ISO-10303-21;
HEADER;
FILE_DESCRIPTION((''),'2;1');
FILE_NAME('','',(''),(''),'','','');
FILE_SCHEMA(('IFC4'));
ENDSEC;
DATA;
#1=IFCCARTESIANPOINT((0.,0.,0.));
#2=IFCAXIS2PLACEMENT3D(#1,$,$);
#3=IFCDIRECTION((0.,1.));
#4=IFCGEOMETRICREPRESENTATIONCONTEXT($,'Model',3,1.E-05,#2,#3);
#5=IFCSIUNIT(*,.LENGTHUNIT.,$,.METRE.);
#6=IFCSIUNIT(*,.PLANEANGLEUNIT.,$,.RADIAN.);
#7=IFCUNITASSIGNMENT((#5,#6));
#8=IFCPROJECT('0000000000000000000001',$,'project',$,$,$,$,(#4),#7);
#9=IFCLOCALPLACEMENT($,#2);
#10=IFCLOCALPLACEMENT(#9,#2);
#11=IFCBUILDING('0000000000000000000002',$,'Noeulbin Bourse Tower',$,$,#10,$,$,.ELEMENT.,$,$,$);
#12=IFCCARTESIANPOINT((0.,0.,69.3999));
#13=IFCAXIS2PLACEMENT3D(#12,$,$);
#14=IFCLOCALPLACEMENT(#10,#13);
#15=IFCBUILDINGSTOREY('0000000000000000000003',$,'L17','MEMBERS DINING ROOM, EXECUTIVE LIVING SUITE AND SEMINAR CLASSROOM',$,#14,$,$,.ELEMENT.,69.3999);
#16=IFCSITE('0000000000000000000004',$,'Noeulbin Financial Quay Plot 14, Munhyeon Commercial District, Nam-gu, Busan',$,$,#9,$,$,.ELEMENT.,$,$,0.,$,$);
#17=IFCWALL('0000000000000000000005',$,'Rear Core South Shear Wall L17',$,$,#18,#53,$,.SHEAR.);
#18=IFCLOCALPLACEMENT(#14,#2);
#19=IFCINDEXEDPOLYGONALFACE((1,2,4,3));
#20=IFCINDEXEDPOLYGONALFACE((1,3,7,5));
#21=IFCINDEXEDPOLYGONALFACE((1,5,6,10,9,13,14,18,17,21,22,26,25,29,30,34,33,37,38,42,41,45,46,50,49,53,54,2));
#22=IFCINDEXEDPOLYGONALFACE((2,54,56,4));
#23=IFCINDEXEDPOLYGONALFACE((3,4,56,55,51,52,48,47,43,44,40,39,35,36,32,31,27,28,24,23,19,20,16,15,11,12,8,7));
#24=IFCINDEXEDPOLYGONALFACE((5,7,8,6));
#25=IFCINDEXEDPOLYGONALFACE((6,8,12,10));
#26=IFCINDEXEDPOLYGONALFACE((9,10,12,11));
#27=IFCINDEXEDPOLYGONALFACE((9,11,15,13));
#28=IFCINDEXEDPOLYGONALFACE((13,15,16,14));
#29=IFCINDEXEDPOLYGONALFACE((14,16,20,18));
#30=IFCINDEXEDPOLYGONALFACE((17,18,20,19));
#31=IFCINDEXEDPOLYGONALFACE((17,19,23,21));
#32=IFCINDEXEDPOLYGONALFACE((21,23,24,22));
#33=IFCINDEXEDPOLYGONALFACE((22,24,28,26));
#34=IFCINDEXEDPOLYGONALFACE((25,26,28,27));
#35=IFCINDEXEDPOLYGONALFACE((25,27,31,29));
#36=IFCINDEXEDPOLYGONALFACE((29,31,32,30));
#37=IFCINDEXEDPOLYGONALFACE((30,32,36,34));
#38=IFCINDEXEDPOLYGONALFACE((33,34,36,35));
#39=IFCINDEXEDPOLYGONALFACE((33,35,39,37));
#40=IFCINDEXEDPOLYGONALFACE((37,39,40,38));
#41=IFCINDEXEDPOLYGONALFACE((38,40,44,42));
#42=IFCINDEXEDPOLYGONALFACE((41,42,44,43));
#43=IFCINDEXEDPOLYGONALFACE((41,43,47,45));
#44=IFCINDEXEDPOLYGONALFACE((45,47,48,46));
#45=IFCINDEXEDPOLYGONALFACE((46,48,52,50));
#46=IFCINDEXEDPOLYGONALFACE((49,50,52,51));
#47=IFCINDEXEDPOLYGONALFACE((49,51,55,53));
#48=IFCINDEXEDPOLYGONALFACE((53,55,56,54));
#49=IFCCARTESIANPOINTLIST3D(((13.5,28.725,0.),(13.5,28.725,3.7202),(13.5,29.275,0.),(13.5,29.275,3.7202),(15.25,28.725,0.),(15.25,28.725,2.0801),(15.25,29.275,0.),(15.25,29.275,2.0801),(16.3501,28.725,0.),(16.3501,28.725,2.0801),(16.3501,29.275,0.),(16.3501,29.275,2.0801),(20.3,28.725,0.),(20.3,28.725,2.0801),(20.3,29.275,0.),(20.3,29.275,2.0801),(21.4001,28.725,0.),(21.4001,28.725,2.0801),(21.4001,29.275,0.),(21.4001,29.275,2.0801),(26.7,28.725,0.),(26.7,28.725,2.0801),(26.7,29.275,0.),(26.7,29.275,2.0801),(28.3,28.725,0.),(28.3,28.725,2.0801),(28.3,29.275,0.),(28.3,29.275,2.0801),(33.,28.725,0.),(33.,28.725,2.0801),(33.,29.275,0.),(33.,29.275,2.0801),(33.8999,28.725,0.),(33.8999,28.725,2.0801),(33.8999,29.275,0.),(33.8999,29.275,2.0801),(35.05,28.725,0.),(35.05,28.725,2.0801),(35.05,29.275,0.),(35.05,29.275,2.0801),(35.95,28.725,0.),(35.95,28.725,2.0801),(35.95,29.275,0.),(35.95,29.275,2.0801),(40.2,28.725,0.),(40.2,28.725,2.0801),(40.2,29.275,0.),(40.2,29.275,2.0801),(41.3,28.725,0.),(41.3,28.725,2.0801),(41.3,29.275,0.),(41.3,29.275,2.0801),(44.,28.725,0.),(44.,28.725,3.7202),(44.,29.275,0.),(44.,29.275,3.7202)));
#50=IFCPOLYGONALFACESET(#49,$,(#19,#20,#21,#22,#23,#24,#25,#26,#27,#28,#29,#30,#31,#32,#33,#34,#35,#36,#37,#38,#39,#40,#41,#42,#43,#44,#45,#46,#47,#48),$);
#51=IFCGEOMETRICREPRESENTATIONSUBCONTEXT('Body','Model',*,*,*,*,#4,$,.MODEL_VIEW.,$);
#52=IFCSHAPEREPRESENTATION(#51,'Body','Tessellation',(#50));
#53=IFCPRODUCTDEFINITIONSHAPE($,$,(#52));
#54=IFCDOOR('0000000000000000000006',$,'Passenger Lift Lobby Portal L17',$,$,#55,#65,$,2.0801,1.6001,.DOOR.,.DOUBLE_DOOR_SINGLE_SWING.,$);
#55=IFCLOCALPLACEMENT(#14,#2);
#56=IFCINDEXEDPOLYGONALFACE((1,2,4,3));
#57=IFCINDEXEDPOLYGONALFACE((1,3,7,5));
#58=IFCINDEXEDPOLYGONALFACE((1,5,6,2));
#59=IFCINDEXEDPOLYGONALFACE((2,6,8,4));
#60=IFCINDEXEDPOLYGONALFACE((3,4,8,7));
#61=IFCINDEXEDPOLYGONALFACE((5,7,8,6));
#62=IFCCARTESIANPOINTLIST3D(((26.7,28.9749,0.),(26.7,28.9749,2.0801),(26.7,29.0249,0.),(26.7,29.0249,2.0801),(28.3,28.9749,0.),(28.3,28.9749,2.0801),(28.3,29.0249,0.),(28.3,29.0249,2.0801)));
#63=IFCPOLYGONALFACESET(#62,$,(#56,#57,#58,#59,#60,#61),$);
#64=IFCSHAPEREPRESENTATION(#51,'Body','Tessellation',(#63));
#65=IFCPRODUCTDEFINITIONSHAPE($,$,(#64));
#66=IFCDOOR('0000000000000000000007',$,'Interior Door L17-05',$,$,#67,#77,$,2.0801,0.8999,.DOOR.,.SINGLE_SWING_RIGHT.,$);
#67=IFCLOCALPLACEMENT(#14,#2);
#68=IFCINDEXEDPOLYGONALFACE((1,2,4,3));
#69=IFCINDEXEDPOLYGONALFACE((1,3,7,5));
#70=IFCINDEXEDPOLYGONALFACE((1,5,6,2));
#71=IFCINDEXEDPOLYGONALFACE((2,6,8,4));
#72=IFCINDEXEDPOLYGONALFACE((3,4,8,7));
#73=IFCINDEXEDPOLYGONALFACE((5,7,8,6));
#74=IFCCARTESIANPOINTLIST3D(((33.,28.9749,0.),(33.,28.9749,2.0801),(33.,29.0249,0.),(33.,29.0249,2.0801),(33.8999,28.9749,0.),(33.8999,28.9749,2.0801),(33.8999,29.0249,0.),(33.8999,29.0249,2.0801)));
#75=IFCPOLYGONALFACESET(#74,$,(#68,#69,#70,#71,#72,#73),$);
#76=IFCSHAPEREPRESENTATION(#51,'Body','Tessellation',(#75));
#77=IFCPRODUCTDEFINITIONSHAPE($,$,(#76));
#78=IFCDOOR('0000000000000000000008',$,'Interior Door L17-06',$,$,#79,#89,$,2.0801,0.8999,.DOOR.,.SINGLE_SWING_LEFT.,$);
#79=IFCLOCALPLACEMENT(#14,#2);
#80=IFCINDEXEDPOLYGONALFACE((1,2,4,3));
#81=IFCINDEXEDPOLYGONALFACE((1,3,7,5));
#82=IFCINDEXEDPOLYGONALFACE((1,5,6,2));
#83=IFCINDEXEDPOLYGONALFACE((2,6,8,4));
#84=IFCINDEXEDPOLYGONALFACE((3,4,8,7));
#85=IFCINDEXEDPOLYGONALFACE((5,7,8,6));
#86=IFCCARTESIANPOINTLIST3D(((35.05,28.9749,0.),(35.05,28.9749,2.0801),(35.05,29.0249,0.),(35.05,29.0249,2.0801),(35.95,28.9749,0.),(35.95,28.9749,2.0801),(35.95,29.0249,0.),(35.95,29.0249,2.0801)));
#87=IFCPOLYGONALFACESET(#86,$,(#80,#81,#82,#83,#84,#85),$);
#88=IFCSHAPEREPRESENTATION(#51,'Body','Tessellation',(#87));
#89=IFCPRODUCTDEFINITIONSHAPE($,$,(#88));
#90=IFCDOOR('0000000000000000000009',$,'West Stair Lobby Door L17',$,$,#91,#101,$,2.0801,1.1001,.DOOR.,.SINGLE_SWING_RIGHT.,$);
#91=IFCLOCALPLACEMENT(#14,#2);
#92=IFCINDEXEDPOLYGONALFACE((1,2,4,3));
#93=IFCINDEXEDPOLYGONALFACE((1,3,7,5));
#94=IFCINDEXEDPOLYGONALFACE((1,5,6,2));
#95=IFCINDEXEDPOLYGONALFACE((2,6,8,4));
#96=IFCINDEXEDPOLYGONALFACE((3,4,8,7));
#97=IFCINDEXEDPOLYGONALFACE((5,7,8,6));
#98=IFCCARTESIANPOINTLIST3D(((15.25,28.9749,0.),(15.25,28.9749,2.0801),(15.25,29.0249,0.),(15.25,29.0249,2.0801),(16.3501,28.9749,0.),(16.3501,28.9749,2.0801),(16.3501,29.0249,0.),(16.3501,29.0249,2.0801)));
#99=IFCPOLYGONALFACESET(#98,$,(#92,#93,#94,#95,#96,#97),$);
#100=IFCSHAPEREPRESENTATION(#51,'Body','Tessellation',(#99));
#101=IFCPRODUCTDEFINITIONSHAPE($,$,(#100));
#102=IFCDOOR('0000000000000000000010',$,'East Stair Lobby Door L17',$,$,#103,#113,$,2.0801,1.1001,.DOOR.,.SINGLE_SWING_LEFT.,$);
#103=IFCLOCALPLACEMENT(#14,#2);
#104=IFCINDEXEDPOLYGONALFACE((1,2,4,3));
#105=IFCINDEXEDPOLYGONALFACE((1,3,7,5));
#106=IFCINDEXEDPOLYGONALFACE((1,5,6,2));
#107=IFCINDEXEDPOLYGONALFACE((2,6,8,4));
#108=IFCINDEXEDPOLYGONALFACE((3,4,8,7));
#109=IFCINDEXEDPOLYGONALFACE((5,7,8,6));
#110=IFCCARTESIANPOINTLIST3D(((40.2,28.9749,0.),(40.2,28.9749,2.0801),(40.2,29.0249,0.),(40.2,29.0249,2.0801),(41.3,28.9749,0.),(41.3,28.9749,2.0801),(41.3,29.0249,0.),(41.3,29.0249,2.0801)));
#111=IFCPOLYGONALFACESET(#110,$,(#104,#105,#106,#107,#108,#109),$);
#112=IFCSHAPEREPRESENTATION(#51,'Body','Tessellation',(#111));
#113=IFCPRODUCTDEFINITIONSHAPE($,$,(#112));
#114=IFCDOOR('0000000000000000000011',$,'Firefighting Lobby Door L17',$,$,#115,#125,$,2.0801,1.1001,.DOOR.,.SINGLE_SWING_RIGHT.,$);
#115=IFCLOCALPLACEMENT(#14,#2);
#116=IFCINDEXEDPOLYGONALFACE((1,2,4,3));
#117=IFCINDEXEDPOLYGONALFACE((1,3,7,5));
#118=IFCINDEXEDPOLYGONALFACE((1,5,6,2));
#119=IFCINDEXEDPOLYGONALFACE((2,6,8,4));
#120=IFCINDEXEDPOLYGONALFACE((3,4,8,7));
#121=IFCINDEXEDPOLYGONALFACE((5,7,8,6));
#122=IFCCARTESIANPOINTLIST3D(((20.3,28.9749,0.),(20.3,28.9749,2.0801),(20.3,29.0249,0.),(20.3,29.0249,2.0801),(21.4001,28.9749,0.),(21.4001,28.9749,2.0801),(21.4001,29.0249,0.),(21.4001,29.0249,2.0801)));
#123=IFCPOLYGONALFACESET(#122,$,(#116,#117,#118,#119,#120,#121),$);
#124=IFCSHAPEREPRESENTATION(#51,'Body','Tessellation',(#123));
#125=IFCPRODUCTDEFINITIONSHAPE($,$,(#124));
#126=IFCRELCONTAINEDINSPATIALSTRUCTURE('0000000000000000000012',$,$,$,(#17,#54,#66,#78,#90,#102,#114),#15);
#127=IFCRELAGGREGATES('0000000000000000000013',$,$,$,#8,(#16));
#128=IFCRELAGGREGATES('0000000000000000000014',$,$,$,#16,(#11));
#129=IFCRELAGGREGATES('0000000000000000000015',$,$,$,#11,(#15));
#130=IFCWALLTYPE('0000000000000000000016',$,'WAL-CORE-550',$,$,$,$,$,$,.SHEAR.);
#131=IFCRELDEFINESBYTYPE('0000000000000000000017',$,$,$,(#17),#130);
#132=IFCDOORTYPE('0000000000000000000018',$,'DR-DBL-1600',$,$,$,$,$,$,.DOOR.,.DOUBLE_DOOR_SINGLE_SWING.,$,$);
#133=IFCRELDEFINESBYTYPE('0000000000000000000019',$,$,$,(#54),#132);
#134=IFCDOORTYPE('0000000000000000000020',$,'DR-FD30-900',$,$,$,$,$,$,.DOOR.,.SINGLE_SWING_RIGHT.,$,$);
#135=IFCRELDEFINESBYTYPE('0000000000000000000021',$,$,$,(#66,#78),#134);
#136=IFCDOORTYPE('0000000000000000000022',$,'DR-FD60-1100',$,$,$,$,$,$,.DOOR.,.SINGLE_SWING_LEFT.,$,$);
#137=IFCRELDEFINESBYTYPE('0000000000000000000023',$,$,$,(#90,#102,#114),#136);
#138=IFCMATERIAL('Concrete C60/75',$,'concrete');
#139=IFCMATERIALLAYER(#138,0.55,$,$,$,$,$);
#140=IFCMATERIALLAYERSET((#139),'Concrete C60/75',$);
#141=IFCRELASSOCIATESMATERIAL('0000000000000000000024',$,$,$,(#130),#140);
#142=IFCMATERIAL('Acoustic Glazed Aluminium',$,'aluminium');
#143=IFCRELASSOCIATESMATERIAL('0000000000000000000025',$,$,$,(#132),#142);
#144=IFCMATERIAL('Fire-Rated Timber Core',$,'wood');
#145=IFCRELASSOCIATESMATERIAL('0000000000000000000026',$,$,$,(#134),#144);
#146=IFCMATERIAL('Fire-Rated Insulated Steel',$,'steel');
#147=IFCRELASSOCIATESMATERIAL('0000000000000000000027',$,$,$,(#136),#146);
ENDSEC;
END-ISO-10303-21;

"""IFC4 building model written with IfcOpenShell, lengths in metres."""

from ifc_helpers import new_model, si_unit, direction, frame, frame_2d, origin, place, context, subcontext, project, spatial, rectangle, extrude, material, layer, layer_set, type_object, element, fill, save


model = new_model("IFC4")

# Units and contexts
model_context = context("Model", 3, precision=1e-05, world=origin(), true_north=direction((0.0, 1.0)))
body_context = subcontext(model_context, "Body", "Model", "MODEL_VIEW")
ifc_project = project(units=[si_unit("LENGTHUNIT", "METRE"), si_unit("PLANEANGLEUNIT", "RADIAN")], contexts=[model_context])

# Site, building, storey
site_placement = place(None, origin())
site = spatial("IfcSite", under=ifc_project, at=site_placement, Name="Noeulbin Financial Quay Plot 14, Munhyeon Commercial District, Nam-gu, Busan", CompositionType="ELEMENT", RefElevation=0.0)
building_placement = place(site_placement, origin())
building = spatial("IfcBuilding", under=site, at=building_placement, Name="Noeulbin Bourse Tower", CompositionType="ELEMENT")
storey_placement = place(building_placement, frame((0.0, 0.0, 69.3999)))
storey = spatial("IfcBuildingStorey", under=building, at=storey_placement, Name="L17", Description="MEMBERS DINING ROOM, EXECUTIVE LIVING SUITE AND SEMINAR CLASSROOM", CompositionType="ELEMENT", Elevation=69.3999)

# Wall, openings, doors
ifc_material_1 = material(Name="Concrete C60/75", Category="concrete")
ifc_layer_1 = layer(ifc_material_1, 0.55)
ifc_layer_set_1 = layer_set([ifc_layer_1], Name="Concrete C60/75")
wall_type = type_object("IfcWallType", Name="WAL-CORE-550", PredefinedType="SHEAR", material=ifc_layer_set_1)
wall_placement = place(storey_placement, frame((13.5, 29.0, 0.0), z_axis=(0.0, 0.0, 1.0), x_axis=(1.0, 0.0, 0.0)))
wall = element("IfcWall", 1, at=wall_placement, inside=storey, type_object=wall_type, Name="Rear Core South Shear Wall L17", PredefinedType="SHEAR", context=body_context, shape_type="SweptSolid", body=[
    extrude(rectangle(XDim=30.5, YDim=0.55, at=frame_2d((15.25, 0.0))), origin(), (0.0, 0.0, 1.0), 3.7202),
])
opening_1_placement = place(wall_placement, frame((1.75, 0.0, 0.0)))
opening_1 = element("IfcOpeningElement", 2, at=opening_1_placement, cuts=wall, PredefinedType="OPENING", context=body_context, shape_type="SweptSolid", body=[
    extrude(rectangle(XDim=1.1001, YDim=2.0801, at=frame_2d((0.55, 1.04))), frame((0.0, 0.2849, 0.0), z_axis=(0.0, -1.0, 0.0), x_axis=(1.0, 0.0, 0.0)), (0.0, 0.0, 1.0), 0.5701),
])
opening_2_placement = place(wall_placement, frame((26.7, 0.0, 0.0)))
opening_2 = element("IfcOpeningElement", 3, at=opening_2_placement, cuts=wall, PredefinedType="OPENING", context=body_context, shape_type="SweptSolid", body=[
    extrude(rectangle(XDim=1.1001, YDim=2.0801, at=frame_2d((0.55, 1.04))), frame((0.0, 0.2849, 0.0), z_axis=(0.0, -1.0, 0.0), x_axis=(1.0, 0.0, 0.0)), (0.0, 0.0, 1.0), 0.5701),
])
opening_3_placement = place(wall_placement, frame((6.8, 0.0, 0.0)))
opening_3 = element("IfcOpeningElement", 4, at=opening_3_placement, cuts=wall, PredefinedType="OPENING", context=body_context, shape_type="SweptSolid", body=[
    extrude(rectangle(XDim=1.1001, YDim=2.0801, at=frame_2d((0.55, 1.04))), frame((0.0, 0.2849, 0.0), z_axis=(0.0, -1.0, 0.0), x_axis=(1.0, 0.0, 0.0)), (0.0, 0.0, 1.0), 0.5701),
])
opening_4_placement = place(wall_placement, frame((13.2, 0.0, 0.0)))
opening_4 = element("IfcOpeningElement", 5, at=opening_4_placement, cuts=wall, PredefinedType="OPENING", context=body_context, shape_type="SweptSolid", body=[
    extrude(rectangle(XDim=1.6001, YDim=2.0801, at=frame_2d((0.8, 1.04))), frame((0.0, 0.2849, 0.0), z_axis=(0.0, -1.0, 0.0), x_axis=(1.0, 0.0, 0.0)), (0.0, 0.0, 1.0), 0.5701),
])
opening_5_placement = place(wall_placement, frame((19.5, 0.0, 0.0)))
opening_5 = element("IfcOpeningElement", 6, at=opening_5_placement, cuts=wall, PredefinedType="OPENING", context=body_context, shape_type="SweptSolid", body=[
    extrude(rectangle(XDim=0.8999, YDim=2.0801, at=frame_2d((0.45, 1.04))), frame((0.0, 0.2849, 0.0), z_axis=(0.0, -1.0, 0.0), x_axis=(1.0, 0.0, 0.0)), (0.0, 0.0, 1.0), 0.5701),
])
opening_6_placement = place(wall_placement, frame((21.55, 0.0, 0.0)))
opening_6 = element("IfcOpeningElement", 7, at=opening_6_placement, cuts=wall, PredefinedType="OPENING", context=body_context, shape_type="SweptSolid", body=[
    extrude(rectangle(XDim=0.8999, YDim=2.0801, at=frame_2d((0.45, 1.04))), frame((0.0, 0.2849, 0.0), z_axis=(0.0, -1.0, 0.0), x_axis=(1.0, 0.0, 0.0)), (0.0, 0.0, 1.0), 0.5701),
])
ifc_material_2 = material(Name="Acoustic Glazed Aluminium", Category="aluminium")
door_type_1 = type_object("IfcDoorType", Name="DR-DBL-1600", OperationType="DOUBLE_DOOR_SINGLE_SWING", PredefinedType="DOOR", material=ifc_material_2)
door_1_placement = place(opening_4_placement, origin())
door_1 = element("IfcDoor", 8, at=door_1_placement, inside=storey, type_object=door_type_1, Name="Passenger Lift Lobby Portal L17", OperationType="DOUBLE_DOOR_SINGLE_SWING", OverallHeight=2.0801, OverallWidth=1.6001, PredefinedType="DOOR", context=body_context, shape_type="SweptSolid", body=[
    extrude(rectangle(XDim=1.6001, YDim=2.0801, at=frame_2d((0.8, 1.04))), frame((0.0, 0.0249, 0.0), z_axis=(0.0, -1.0, 0.0), x_axis=(1.0, 0.0, 0.0)), (0.0, 0.0, 1.0), 0.05),
])
fill(opening_4, door_1)
ifc_material_3 = material(Name="Fire-Rated Timber Core", Category="wood")
door_type_2 = type_object("IfcDoorType", Name="DR-FD30-900", OperationType="SINGLE_SWING_RIGHT", PredefinedType="DOOR", material=ifc_material_3)
door_2_placement = place(opening_5_placement, origin())
door_2 = element("IfcDoor", 9, at=door_2_placement, inside=storey, type_object=door_type_2, Name="Interior Door L17-05", OperationType="SINGLE_SWING_RIGHT", OverallHeight=2.0801, OverallWidth=0.8999, PredefinedType="DOOR", context=body_context, shape_type="SweptSolid", body=[
    extrude(rectangle(XDim=0.8999, YDim=2.0801, at=frame_2d((0.45, 1.04))), frame((0.0, 0.0249, 0.0), z_axis=(0.0, -1.0, 0.0), x_axis=(1.0, 0.0, 0.0)), (0.0, 0.0, 1.0), 0.05),
])
fill(opening_5, door_2)
door_3_placement = place(opening_6_placement, origin())
door_3 = element("IfcDoor", 10, at=door_3_placement, inside=storey, type_object=door_type_2, Name="Interior Door L17-06", OperationType="SINGLE_SWING_LEFT", OverallHeight=2.0801, OverallWidth=0.8999, PredefinedType="DOOR", context=body_context, shape_type="SweptSolid", body=[
    extrude(rectangle(XDim=0.8999, YDim=2.0801, at=frame_2d((0.45, 1.04))), frame((0.0, 0.0249, 0.0), z_axis=(0.0, -1.0, 0.0), x_axis=(1.0, 0.0, 0.0)), (0.0, 0.0, 1.0), 0.05),
])
fill(opening_6, door_3)
ifc_material_4 = material(Name="Fire-Rated Insulated Steel", Category="steel")
door_type_3 = type_object("IfcDoorType", Name="DR-FD60-1100", OperationType="SINGLE_SWING_LEFT", PredefinedType="DOOR", material=ifc_material_4)
door_4_placement = place(opening_1_placement, origin())
door_4 = element("IfcDoor", 11, at=door_4_placement, inside=storey, type_object=door_type_3, Name="West Stair Lobby Door L17", OperationType="SINGLE_SWING_RIGHT", OverallHeight=2.0801, OverallWidth=1.1001, PredefinedType="DOOR", context=body_context, shape_type="SweptSolid", body=[
    extrude(rectangle(XDim=1.1001, YDim=2.0801, at=frame_2d((0.55, 1.04))), frame((0.0, 0.0249, 0.0), z_axis=(0.0, -1.0, 0.0), x_axis=(1.0, 0.0, 0.0)), (0.0, 0.0, 1.0), 0.05),
])
fill(opening_1, door_4)
door_5_placement = place(opening_2_placement, origin())
door_5 = element("IfcDoor", 12, at=door_5_placement, inside=storey, type_object=door_type_3, Name="East Stair Lobby Door L17", OperationType="SINGLE_SWING_LEFT", OverallHeight=2.0801, OverallWidth=1.1001, PredefinedType="DOOR", context=body_context, shape_type="SweptSolid", body=[
    extrude(rectangle(XDim=1.1001, YDim=2.0801, at=frame_2d((0.55, 1.04))), frame((0.0, 0.0249, 0.0), z_axis=(0.0, -1.0, 0.0), x_axis=(1.0, 0.0, 0.0)), (0.0, 0.0, 1.0), 0.05),
])
fill(opening_2, door_5)
door_6_placement = place(opening_3_placement, origin())
door_6 = element("IfcDoor", 13, at=door_6_placement, inside=storey, type_object=door_type_3, Name="Firefighting Lobby Door L17", OperationType="SINGLE_SWING_RIGHT", OverallHeight=2.0801, OverallWidth=1.1001, PredefinedType="DOOR", context=body_context, shape_type="SweptSolid", body=[
    extrude(rectangle(XDim=1.1001, YDim=2.0801, at=frame_2d((0.55, 1.04))), frame((0.0, 0.0249, 0.0), z_axis=(0.0, -1.0, 0.0), x_axis=(1.0, 0.0, 0.0)), (0.0, 0.0, 1.0), 0.05),
])
fill(opening_3, door_6)

save(model, "model.ifc")
